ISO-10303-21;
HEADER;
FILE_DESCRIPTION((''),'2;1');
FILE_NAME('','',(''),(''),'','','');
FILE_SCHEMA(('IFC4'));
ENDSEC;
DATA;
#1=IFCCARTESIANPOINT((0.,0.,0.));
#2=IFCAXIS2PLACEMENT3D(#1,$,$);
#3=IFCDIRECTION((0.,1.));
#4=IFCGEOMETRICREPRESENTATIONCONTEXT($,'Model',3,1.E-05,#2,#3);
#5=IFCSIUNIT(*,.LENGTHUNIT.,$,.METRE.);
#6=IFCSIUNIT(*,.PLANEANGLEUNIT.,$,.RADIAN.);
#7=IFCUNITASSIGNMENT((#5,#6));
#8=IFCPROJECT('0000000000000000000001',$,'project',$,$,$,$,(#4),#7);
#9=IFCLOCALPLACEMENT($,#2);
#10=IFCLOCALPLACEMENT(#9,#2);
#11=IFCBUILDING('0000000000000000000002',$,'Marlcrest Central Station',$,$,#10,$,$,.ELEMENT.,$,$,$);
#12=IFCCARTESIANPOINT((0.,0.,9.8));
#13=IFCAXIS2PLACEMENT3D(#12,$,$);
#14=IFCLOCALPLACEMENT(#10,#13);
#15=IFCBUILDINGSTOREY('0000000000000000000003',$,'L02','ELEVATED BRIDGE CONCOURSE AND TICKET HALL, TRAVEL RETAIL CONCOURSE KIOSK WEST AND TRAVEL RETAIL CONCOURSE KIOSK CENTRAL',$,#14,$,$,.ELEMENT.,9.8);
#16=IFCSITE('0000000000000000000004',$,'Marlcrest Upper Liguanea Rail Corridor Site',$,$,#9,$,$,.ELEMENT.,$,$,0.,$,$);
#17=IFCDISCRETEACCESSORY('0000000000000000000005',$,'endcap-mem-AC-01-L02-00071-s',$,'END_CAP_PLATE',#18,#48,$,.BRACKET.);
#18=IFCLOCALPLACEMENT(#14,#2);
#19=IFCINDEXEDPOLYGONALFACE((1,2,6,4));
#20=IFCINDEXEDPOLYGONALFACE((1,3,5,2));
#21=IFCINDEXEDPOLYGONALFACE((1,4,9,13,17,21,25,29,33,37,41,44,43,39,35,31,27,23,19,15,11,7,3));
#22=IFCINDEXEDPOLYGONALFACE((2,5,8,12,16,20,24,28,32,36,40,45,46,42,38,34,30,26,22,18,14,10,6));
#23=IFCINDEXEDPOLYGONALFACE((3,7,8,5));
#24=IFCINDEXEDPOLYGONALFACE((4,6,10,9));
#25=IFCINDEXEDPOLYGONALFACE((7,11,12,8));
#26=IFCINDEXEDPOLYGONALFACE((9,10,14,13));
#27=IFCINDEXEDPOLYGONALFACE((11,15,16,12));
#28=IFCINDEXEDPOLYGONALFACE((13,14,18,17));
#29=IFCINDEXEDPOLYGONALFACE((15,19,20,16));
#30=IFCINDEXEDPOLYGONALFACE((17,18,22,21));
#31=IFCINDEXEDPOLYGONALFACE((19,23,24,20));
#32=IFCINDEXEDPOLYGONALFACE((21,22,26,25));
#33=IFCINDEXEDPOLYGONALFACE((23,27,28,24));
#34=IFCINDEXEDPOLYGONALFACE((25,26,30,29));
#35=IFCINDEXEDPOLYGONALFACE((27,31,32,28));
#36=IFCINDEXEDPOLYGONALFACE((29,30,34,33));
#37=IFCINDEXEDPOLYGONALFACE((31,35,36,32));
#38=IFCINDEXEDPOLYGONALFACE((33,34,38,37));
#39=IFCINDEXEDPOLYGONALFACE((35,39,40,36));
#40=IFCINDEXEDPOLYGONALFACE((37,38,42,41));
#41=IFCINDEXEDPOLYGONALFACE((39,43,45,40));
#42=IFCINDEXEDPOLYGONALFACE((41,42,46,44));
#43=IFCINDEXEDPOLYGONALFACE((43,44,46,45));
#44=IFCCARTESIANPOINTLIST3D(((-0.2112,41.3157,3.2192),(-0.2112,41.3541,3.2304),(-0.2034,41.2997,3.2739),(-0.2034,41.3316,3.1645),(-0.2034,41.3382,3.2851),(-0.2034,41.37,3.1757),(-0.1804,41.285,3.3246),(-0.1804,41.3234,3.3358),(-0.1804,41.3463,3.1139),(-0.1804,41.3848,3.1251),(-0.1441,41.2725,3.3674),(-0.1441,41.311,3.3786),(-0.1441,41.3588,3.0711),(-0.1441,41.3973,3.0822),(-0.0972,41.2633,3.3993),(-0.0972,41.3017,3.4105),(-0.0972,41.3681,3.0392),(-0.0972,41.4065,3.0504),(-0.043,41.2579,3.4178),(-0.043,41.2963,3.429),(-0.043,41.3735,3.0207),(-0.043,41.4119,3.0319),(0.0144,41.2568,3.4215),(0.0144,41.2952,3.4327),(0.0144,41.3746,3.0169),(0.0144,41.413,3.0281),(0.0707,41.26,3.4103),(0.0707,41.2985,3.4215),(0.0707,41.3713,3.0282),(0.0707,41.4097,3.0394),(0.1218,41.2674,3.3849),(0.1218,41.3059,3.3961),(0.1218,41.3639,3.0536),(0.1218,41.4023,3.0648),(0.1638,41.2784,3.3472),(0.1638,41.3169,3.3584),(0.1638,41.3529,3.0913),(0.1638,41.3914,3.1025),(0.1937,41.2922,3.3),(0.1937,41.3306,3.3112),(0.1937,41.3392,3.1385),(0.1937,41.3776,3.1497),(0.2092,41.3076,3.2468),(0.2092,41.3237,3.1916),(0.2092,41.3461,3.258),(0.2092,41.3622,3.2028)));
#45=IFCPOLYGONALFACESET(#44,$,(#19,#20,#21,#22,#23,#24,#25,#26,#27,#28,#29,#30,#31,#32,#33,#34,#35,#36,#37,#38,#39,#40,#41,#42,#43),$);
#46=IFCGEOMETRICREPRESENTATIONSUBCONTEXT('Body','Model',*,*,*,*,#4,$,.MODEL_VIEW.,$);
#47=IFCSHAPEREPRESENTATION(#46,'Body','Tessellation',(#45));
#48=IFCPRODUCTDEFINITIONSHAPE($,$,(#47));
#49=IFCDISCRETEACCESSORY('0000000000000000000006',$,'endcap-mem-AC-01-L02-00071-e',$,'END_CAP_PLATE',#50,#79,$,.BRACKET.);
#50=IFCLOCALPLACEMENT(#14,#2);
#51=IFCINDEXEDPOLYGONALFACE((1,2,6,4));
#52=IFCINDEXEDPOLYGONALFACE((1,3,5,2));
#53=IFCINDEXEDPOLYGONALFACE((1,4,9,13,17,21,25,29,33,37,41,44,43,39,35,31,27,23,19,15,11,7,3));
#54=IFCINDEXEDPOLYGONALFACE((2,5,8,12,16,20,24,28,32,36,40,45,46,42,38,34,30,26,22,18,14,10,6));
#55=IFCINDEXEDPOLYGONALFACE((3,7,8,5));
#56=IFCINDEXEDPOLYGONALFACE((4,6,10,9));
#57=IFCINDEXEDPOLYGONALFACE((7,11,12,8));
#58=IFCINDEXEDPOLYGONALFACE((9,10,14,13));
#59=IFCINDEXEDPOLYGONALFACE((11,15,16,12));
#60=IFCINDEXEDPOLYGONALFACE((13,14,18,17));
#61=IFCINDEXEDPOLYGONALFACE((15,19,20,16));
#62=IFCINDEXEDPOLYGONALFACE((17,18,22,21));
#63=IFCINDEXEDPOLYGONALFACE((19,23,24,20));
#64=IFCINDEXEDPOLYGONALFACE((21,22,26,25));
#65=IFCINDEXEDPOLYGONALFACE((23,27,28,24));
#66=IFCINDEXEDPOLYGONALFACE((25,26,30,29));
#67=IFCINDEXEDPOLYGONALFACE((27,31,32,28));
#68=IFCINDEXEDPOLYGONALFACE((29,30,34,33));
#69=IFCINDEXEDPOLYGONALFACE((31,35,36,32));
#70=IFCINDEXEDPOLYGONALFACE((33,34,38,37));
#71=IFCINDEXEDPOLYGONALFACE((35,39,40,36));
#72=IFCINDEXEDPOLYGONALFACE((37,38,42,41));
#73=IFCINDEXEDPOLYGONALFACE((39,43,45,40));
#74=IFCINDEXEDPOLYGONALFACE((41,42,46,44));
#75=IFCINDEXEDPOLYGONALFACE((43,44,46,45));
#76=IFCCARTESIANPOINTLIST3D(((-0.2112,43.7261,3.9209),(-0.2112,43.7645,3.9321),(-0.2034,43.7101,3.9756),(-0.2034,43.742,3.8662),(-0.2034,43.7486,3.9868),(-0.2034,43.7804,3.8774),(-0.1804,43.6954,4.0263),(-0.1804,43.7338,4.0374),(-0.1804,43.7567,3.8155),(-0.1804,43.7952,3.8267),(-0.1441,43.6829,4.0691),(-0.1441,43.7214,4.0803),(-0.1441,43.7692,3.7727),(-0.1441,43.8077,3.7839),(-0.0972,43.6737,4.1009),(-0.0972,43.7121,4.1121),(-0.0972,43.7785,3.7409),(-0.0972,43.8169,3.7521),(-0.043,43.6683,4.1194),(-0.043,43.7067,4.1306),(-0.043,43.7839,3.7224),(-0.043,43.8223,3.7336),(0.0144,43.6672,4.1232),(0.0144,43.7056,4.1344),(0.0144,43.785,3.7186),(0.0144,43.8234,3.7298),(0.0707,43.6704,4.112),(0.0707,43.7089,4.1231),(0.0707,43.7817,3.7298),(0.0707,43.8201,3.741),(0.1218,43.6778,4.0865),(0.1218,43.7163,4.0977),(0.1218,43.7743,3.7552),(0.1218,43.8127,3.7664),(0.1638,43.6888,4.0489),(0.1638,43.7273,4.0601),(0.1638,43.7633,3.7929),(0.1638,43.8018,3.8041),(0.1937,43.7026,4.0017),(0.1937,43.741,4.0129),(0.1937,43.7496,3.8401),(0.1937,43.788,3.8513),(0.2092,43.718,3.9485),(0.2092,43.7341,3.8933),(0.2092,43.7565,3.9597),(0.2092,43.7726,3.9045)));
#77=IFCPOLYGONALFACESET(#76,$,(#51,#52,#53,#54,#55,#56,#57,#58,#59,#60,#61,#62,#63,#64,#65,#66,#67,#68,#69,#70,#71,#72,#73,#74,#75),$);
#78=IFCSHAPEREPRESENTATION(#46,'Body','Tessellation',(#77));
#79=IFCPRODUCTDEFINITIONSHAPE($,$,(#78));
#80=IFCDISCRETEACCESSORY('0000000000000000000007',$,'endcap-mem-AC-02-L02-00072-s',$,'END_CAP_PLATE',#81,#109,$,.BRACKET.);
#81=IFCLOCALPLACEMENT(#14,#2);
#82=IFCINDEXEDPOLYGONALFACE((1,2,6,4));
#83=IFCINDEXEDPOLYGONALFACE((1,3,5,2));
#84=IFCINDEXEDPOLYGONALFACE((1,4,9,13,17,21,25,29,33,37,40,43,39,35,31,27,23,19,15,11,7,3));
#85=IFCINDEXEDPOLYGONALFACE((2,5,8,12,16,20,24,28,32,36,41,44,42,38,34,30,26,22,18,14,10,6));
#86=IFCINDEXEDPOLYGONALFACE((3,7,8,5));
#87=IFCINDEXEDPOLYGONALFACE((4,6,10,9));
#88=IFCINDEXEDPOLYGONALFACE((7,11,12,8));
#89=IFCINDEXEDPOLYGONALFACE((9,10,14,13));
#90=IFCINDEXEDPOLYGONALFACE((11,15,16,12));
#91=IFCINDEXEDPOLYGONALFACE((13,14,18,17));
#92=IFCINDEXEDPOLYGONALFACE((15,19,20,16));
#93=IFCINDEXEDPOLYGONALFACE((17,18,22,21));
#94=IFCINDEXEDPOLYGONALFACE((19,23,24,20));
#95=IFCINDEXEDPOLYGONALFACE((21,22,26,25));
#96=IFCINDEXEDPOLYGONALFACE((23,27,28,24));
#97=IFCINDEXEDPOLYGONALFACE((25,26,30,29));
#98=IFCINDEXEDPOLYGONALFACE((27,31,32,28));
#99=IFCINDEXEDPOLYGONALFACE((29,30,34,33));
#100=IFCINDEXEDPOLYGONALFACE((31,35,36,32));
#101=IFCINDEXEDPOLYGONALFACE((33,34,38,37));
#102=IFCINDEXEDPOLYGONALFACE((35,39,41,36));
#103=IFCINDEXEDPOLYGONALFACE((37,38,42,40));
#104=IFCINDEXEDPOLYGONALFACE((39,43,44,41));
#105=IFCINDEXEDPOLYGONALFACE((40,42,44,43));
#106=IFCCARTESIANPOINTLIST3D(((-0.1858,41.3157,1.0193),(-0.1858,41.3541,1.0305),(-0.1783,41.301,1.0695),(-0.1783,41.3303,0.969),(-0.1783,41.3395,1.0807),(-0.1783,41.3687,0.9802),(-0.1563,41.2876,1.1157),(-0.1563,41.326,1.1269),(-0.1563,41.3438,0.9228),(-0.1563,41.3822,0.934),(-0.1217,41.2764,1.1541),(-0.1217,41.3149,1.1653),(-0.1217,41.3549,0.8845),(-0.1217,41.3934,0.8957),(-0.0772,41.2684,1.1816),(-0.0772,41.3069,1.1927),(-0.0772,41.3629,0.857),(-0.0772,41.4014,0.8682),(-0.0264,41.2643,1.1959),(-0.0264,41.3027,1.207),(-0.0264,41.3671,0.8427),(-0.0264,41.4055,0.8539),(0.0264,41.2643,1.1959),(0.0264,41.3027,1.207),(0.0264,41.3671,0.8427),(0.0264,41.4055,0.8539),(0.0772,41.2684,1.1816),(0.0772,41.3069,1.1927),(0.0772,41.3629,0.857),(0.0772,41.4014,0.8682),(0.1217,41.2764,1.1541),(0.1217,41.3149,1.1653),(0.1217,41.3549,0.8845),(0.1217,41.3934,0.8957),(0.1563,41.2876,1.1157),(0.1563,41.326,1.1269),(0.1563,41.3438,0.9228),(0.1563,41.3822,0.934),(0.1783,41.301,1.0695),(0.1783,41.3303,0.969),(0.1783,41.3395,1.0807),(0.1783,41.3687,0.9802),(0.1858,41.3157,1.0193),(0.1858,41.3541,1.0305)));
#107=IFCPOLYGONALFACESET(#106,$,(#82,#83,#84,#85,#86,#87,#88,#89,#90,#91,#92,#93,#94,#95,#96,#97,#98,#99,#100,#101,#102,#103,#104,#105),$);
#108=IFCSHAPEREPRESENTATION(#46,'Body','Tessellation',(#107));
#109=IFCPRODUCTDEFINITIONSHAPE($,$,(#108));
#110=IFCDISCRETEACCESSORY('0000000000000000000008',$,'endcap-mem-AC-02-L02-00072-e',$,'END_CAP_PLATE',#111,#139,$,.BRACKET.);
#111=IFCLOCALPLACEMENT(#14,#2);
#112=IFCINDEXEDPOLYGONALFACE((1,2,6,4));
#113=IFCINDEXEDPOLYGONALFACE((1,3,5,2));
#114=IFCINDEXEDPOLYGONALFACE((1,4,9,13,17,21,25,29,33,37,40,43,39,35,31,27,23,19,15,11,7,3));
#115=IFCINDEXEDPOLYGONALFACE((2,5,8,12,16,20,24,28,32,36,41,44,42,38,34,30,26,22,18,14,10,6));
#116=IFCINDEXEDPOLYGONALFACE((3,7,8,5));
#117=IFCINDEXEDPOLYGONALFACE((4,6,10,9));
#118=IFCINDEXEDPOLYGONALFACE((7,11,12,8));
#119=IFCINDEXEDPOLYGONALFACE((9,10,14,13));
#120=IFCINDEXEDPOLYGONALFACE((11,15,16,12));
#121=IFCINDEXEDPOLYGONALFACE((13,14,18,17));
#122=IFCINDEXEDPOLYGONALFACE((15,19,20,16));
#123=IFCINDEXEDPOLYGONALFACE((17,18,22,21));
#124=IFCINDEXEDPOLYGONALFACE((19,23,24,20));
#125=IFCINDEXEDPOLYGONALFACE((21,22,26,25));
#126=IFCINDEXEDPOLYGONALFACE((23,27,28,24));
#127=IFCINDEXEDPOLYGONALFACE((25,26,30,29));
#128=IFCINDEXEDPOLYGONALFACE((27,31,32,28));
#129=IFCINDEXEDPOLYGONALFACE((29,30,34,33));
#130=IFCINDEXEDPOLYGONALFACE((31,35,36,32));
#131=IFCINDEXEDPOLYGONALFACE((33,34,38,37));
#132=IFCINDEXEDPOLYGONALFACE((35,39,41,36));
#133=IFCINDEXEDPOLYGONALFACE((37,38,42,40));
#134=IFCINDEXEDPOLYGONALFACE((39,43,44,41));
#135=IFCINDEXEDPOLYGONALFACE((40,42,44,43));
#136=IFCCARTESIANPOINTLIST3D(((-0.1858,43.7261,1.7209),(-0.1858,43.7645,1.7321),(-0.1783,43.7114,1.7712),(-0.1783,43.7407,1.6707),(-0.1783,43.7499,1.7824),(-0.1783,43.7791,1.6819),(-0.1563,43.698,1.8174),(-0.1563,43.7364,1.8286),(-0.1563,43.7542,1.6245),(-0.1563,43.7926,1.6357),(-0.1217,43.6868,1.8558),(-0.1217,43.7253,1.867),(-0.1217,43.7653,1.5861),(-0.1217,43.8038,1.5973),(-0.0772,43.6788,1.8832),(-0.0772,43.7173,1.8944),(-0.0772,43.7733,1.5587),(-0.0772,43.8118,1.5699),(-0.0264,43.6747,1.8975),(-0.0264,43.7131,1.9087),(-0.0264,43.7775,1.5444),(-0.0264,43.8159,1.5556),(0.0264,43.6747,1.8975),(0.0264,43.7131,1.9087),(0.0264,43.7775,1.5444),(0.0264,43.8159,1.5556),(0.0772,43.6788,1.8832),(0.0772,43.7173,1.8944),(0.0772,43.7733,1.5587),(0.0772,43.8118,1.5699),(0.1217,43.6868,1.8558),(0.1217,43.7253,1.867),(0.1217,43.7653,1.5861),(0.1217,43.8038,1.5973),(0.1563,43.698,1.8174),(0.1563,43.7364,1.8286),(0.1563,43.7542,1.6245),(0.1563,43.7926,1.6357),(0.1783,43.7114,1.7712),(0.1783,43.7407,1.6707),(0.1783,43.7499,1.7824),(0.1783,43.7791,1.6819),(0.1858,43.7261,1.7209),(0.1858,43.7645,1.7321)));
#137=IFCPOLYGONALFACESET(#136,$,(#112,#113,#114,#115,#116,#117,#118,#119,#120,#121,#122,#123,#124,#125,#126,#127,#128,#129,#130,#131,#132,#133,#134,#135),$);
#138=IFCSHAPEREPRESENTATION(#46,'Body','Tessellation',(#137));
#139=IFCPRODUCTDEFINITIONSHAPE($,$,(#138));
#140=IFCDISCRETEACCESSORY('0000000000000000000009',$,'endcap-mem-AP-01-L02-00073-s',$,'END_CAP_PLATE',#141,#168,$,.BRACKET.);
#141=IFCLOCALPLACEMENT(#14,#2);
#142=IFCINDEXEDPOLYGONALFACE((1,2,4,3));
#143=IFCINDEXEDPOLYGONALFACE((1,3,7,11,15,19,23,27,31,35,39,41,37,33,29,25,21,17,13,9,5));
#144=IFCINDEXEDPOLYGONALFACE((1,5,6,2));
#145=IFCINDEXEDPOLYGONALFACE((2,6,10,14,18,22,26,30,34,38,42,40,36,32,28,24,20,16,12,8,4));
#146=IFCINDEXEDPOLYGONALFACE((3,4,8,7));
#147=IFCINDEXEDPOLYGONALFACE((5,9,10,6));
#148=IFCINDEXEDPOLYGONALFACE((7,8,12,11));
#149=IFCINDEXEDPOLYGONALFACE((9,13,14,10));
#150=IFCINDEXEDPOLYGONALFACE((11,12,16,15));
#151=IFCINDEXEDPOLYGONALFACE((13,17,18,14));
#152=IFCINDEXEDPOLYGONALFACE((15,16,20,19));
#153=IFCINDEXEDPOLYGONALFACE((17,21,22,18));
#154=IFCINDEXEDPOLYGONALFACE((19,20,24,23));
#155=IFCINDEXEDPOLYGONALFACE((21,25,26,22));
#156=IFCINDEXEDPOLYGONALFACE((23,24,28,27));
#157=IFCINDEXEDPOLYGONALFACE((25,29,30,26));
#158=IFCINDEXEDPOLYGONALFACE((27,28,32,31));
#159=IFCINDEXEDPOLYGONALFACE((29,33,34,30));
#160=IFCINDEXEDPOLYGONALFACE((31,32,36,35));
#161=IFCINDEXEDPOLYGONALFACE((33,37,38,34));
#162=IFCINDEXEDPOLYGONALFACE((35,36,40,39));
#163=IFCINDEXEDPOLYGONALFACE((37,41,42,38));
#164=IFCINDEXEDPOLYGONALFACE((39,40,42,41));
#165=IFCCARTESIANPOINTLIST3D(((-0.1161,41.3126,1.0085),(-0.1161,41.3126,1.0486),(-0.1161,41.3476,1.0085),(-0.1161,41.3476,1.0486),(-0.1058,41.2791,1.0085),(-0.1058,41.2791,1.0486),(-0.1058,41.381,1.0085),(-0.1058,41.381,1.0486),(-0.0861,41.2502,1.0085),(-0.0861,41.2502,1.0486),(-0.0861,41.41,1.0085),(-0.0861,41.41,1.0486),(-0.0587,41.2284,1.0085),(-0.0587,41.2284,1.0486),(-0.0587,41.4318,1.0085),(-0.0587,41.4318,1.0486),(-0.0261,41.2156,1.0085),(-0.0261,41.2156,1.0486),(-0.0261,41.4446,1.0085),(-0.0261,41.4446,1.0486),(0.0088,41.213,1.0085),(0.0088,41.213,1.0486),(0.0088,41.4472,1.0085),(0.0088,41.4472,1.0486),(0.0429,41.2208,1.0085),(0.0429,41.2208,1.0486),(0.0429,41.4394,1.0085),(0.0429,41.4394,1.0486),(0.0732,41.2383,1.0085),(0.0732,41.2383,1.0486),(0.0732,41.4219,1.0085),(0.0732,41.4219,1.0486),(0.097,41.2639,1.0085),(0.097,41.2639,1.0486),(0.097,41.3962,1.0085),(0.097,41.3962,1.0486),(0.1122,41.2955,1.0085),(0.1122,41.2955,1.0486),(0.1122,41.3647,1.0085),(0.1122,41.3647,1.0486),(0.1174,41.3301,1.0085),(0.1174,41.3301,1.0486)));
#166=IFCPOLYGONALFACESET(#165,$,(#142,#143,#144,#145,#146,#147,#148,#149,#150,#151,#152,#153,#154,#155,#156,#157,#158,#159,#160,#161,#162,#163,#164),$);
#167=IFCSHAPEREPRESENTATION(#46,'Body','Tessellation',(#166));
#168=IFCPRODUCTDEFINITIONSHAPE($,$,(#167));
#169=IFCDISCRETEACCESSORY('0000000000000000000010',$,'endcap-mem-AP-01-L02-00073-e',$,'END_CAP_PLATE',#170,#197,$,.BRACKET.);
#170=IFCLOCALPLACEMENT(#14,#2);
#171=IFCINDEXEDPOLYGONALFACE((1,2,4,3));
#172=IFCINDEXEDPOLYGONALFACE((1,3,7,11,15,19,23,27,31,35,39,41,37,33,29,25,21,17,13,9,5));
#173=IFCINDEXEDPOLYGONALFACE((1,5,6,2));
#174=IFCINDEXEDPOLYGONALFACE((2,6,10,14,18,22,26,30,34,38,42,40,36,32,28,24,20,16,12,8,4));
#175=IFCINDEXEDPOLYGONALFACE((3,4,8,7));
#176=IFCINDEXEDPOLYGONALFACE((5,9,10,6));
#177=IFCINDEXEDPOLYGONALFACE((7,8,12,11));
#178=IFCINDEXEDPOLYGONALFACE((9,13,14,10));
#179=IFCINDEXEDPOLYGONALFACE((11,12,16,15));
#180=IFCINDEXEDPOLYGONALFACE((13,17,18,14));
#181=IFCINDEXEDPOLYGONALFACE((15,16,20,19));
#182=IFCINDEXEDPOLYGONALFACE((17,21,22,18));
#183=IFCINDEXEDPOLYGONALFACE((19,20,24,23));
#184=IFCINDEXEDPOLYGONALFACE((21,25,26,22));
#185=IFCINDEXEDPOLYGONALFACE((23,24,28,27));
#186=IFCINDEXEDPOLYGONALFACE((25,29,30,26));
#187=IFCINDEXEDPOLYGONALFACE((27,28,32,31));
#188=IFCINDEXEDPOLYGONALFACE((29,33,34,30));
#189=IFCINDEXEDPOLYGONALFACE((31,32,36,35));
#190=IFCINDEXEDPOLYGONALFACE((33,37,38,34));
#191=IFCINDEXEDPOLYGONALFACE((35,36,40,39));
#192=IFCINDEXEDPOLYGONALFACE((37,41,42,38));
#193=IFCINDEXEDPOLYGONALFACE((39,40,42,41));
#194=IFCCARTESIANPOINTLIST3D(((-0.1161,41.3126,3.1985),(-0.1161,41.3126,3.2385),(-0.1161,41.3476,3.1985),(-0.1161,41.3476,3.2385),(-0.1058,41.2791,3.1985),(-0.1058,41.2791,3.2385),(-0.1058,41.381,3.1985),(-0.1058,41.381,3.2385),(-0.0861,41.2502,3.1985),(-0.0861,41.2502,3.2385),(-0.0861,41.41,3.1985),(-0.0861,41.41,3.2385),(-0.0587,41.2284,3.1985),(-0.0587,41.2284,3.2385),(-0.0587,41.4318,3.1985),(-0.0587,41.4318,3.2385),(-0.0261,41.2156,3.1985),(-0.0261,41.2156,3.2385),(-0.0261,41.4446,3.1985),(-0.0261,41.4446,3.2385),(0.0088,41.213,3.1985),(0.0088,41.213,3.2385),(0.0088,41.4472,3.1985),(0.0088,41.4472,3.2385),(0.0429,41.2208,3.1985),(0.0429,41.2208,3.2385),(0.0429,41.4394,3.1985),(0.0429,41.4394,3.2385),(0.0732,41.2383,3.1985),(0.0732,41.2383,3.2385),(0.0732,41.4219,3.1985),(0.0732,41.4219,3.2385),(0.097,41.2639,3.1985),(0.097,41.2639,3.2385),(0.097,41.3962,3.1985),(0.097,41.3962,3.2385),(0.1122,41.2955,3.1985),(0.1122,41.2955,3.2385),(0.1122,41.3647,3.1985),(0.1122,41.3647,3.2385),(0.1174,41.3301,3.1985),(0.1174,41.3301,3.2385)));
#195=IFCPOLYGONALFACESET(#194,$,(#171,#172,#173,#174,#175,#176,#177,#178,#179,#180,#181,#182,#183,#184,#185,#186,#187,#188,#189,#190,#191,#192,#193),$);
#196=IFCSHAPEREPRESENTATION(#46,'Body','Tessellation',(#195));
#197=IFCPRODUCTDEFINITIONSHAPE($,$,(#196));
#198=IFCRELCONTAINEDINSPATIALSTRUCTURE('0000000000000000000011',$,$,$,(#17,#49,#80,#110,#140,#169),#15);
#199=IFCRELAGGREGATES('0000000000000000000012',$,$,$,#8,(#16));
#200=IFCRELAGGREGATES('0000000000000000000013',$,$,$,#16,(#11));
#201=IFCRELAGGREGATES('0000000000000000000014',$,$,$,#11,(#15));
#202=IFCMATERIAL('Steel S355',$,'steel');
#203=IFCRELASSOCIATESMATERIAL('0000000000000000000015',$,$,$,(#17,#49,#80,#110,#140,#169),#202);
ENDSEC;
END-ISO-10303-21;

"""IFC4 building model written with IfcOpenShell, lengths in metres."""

from ifc_helpers import new_model, si_unit, direction, frame, origin, origin_2d, place, context, subcontext, project, spatial, circle, extrude, material, element, save


model = new_model("IFC4")

# Units and contexts
model_context = context("Model", 3, precision=1e-05, world=origin(), true_north=direction((0.0, 1.0)))
body_context = subcontext(model_context, "Body", "Model", "MODEL_VIEW")
ifc_project = project(units=[si_unit("LENGTHUNIT", "METRE"), si_unit("PLANEANGLEUNIT", "RADIAN")], contexts=[model_context])

# Site, building, storey
site_placement = place(None, origin())
site = spatial("IfcSite", under=ifc_project, at=site_placement, Name="Marlcrest Upper Liguanea Rail Corridor Site", CompositionType="ELEMENT", RefElevation=0.0)
building_placement = place(site_placement, origin())
building = spatial("IfcBuilding", under=site, at=building_placement, Name="Marlcrest Central Station", CompositionType="ELEMENT")
storey_placement = place(building_placement, frame((0.0, 0.0, 9.8)))
storey = spatial("IfcBuildingStorey", under=building, at=storey_placement, Name="L02", Description="ELEVATED BRIDGE CONCOURSE AND TICKET HALL, TRAVEL RETAIL CONCOURSE KIOSK WEST AND TRAVEL RETAIL CONCOURSE KIOSK CENTRAL", CompositionType="ELEMENT", Elevation=9.8)

# Shared definitions
ifc_material = material(Name="Steel S355", Category="steel")

# Discrete accessories
for number, where, z_axis, x_axis, name in (
    (1, (0.0, 41.3157, 3.2192), (0.0, 0.96013, 0.279554), (-1.0, 0.0, 0.0), "endcap-mem-AC-01-L02-00071-s"),
    (2, (0.0, 43.7261, 3.9209), (0.0, 0.96013, 0.279554), (-1.0, 0.0, 0.0), "endcap-mem-AC-01-L02-00071-e"),
):
    element("IfcDiscreteAccessory", number, at=place(storey_placement, frame(where, z_axis=z_axis, x_axis=x_axis)), inside=storey, material=ifc_material, Name=name, ObjectType="END_CAP_PLATE", PredefinedType="BRACKET", context=body_context, shape_type="SweptSolid", body=[
        extrude(circle(Radius=0.2112, at=origin_2d()), origin(), (0.0, 0.0, 1.0), 0.04),
    ])
for number, where, z_axis, x_axis, name in (
    (3, (0.0, 41.3157, 1.0193), (0.0, 0.96013, 0.279554), (-1.0, 0.0, 0.0), "endcap-mem-AC-02-L02-00072-s"),
    (4, (0.0, 43.7261, 1.7209), (0.0, 0.96013, 0.279554), (-1.0, 0.0, 0.0), "endcap-mem-AC-02-L02-00072-e"),
):
    element("IfcDiscreteAccessory", number, at=place(storey_placement, frame(where, z_axis=z_axis, x_axis=x_axis)), inside=storey, material=ifc_material, Name=name, ObjectType="END_CAP_PLATE", PredefinedType="BRACKET", context=body_context, shape_type="SweptSolid", body=[
        extrude(circle(Radius=0.1858, at=origin_2d()), origin(), (0.0, 0.0, 1.0), 0.04),
    ])
for number, where, z_axis, x_axis, name in (
    (5, (0.0, 41.3301, 1.0085), (0.0, 0.0, 1.0), (1.0, 0.0, 0.0), "endcap-mem-AP-01-L02-00073-s"),
    (6, (0.0, 41.3301, 3.1985), (0.0, 0.0, 1.0), (1.0, 0.0, 0.0), "endcap-mem-AP-01-L02-00073-e"),
):
    element("IfcDiscreteAccessory", number, at=place(storey_placement, frame(where, z_axis=z_axis, x_axis=x_axis)), inside=storey, material=ifc_material, Name=name, ObjectType="END_CAP_PLATE", PredefinedType="BRACKET", context=body_context, shape_type="SweptSolid", body=[
        extrude(circle(Radius=0.1174, at=origin_2d()), origin(), (0.0, 0.0, 1.0), 0.04),
    ])

save(model, "model.ifc")
